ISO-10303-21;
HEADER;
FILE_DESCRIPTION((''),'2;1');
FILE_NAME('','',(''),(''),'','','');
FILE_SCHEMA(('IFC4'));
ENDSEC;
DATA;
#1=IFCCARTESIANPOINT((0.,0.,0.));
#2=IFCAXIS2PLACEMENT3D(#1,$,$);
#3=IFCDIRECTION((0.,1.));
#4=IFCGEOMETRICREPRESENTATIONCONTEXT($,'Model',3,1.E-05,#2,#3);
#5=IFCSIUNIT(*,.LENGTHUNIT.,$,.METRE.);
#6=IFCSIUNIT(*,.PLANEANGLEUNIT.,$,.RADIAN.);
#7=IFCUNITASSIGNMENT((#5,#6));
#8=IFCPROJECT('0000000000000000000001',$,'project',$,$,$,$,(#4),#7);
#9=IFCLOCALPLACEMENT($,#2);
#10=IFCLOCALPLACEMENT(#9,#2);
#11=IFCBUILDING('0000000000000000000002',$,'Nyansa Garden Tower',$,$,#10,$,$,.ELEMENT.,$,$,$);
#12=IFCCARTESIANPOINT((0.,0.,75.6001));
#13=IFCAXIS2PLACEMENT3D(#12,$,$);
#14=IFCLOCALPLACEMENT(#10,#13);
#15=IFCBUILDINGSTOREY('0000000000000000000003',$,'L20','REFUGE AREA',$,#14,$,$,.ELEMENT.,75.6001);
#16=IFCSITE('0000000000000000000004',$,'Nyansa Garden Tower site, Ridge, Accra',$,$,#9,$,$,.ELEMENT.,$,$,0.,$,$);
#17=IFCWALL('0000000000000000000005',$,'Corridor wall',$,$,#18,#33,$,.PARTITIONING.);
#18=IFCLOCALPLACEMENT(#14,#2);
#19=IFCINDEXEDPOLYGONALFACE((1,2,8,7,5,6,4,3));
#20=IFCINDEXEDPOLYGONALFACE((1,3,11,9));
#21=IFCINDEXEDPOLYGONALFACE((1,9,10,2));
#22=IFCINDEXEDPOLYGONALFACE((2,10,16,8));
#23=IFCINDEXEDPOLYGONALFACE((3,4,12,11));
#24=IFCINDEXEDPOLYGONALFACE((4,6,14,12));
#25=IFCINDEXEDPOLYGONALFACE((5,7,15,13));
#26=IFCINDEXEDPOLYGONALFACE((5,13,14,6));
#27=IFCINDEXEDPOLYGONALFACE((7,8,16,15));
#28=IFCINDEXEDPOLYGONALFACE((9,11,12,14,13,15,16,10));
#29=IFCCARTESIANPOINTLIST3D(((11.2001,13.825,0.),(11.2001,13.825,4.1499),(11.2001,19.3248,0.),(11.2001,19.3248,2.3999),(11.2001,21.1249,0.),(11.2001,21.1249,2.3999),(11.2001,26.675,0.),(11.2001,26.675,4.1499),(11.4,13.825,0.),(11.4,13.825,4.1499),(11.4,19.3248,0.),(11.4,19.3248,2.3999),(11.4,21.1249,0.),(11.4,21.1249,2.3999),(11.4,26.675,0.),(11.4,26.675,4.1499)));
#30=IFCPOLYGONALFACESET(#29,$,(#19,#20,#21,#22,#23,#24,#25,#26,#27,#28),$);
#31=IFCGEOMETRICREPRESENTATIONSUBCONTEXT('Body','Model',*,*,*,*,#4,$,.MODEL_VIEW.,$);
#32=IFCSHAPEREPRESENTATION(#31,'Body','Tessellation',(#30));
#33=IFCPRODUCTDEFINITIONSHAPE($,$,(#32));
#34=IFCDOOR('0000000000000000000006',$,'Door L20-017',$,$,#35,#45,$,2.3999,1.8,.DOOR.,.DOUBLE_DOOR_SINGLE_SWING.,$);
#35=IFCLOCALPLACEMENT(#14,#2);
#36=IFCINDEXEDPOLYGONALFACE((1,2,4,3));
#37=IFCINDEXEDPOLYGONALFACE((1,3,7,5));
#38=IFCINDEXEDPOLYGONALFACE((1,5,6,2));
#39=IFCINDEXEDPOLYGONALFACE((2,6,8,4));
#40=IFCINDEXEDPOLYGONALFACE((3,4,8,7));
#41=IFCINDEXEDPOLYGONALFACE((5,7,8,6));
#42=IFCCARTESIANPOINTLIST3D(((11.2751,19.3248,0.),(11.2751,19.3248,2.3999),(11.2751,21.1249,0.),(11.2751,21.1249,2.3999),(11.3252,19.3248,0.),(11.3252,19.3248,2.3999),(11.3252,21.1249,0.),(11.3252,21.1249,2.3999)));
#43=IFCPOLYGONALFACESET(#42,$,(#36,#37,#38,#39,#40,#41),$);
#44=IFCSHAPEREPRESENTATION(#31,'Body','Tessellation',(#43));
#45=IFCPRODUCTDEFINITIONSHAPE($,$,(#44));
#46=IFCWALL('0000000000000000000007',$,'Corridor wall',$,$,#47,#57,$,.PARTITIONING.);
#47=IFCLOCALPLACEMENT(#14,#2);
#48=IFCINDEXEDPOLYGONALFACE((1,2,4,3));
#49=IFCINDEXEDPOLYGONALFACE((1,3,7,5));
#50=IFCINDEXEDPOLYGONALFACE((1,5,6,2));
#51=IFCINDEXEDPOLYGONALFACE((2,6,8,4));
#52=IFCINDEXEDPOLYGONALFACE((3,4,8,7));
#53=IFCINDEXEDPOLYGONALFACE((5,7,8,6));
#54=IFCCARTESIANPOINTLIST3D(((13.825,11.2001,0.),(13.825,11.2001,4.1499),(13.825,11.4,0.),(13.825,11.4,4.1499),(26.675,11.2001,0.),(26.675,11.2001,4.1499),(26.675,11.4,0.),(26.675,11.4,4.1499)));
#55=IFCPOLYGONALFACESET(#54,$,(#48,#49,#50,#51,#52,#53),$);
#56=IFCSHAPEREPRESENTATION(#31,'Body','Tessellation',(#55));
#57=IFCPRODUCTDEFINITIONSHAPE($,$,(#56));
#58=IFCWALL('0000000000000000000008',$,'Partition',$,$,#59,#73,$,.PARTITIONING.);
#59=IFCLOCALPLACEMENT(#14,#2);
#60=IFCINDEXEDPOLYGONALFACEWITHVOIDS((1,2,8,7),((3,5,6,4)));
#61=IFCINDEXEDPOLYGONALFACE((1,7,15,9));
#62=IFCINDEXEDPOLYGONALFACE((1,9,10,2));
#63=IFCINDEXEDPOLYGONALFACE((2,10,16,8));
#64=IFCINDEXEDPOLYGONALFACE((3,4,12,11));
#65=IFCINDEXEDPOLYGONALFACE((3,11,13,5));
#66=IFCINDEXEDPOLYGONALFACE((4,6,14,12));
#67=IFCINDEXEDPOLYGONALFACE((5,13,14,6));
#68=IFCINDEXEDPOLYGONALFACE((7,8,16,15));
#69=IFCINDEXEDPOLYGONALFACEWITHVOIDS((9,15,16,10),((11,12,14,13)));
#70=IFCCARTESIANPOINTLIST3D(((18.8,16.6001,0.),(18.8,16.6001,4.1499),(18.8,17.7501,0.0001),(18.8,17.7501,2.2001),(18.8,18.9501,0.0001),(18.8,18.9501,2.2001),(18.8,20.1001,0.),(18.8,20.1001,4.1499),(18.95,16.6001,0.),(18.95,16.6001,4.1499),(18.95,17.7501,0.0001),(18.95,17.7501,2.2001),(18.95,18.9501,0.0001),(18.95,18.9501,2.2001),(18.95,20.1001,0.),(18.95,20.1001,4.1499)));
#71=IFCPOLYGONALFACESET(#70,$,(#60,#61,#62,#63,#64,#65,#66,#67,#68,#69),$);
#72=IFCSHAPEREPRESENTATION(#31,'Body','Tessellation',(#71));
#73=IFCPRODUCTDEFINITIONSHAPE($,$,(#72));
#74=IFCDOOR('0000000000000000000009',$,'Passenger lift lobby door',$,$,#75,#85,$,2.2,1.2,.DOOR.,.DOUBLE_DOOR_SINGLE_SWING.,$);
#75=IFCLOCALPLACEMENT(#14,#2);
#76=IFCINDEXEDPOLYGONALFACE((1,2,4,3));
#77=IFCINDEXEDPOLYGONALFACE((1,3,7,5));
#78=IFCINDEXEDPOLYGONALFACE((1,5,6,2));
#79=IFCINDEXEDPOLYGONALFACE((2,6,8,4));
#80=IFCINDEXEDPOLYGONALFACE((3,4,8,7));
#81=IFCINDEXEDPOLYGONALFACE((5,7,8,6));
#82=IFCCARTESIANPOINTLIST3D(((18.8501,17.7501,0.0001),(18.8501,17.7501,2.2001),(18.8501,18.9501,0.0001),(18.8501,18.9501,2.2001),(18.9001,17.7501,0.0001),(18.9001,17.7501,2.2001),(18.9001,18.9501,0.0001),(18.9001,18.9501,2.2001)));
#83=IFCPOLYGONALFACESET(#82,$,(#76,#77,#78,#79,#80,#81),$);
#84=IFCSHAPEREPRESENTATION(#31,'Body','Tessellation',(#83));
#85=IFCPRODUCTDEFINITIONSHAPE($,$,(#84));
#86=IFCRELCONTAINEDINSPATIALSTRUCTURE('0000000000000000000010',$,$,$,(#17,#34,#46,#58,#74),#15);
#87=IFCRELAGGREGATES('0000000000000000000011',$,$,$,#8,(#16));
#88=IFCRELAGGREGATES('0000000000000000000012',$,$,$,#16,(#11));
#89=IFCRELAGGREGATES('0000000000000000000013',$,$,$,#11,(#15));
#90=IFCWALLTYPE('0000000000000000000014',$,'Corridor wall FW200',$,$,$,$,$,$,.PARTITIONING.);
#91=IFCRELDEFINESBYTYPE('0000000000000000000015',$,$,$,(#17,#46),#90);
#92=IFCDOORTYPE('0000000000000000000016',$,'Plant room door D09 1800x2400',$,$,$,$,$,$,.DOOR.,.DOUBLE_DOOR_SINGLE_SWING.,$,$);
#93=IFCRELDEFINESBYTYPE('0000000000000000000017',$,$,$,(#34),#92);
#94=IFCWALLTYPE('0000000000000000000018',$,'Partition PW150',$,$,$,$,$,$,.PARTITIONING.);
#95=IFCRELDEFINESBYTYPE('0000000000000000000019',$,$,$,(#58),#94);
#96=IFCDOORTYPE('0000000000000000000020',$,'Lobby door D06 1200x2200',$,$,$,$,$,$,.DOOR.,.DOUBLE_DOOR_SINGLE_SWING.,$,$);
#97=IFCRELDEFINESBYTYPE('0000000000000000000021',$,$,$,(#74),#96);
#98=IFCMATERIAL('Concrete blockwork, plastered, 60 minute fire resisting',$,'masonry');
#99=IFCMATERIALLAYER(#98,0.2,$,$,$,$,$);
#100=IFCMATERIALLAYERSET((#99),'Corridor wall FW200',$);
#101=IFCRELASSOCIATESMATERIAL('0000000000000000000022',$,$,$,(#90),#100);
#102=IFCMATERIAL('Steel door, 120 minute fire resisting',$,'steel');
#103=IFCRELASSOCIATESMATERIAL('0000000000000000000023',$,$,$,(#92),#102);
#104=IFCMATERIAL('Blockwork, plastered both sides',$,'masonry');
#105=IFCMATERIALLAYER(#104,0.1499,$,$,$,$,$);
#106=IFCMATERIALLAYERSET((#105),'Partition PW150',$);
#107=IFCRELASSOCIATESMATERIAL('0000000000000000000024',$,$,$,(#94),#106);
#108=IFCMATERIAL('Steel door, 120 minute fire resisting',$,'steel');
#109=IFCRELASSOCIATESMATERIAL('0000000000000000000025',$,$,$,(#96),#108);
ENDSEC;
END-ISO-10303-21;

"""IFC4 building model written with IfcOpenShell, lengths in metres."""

from ifc_helpers import new_model, si_unit, direction, frame, frame_2d, origin, place, context, subcontext, project, spatial, rectangle, extrude, material, layer, layer_set, type_object, element, fill, save


model = new_model("IFC4")

# Units and contexts
model_context = context("Model", 3, precision=1e-05, world=origin(), true_north=direction((0.0, 1.0)))
body_context = subcontext(model_context, "Body", "Model", "MODEL_VIEW")
ifc_project = project(units=[si_unit("LENGTHUNIT", "METRE"), si_unit("PLANEANGLEUNIT", "RADIAN")], contexts=[model_context])

# Site, building, storey
site_placement = place(None, origin())
site = spatial("IfcSite", under=ifc_project, at=site_placement, Name="Nyansa Garden Tower site, Ridge, Accra", CompositionType="ELEMENT", RefElevation=0.0)
building_placement = place(site_placement, origin())
building = spatial("IfcBuilding", under=site, at=building_placement, Name="Nyansa Garden Tower", CompositionType="ELEMENT")
storey_placement = place(building_placement, frame((0.0, 0.0, 75.6001)))
storey = spatial("IfcBuildingStorey", under=building, at=storey_placement, Name="L20", Description="REFUGE AREA", CompositionType="ELEMENT", Elevation=75.6001)

# Wall, opening, door
ifc_material_1 = material(Name="Concrete blockwork, plastered, 60 minute fire resisting", Category="masonry")
ifc_layer_1 = layer(ifc_material_1, 0.2)
ifc_layer_set_1 = layer_set([ifc_layer_1], Name="Corridor wall FW200")
wall_type_1 = type_object("IfcWallType", Name="Corridor wall FW200", PredefinedType="PARTITIONING", material=ifc_layer_set_1)
wall_1_placement = place(storey_placement, frame((11.3, 13.825, 0.0), z_axis=(0.0, 0.0, 1.0), x_axis=(0.0, 1.0, 0.0)))
wall_1 = element("IfcWall", 1, at=wall_1_placement, inside=storey, type_object=wall_type_1, Name="Corridor wall", PredefinedType="PARTITIONING", context=body_context, shape_type="SweptSolid", body=[
    extrude(rectangle(XDim=12.8501, YDim=0.2, at=frame_2d((6.425, 0.0))), origin(), (0.0, 0.0, 1.0), 4.1499),
])
opening_1_placement = place(wall_1_placement, frame((5.5, 0.0, 0.0)))
opening_1 = element("IfcOpeningElement", 2, at=opening_1_placement, cuts=wall_1, PredefinedType="OPENING", context=body_context, shape_type="SweptSolid", body=[
    extrude(rectangle(XDim=1.8, YDim=2.3999, at=frame_2d((0.8999, 1.2))), frame((0.0, 0.1099, 0.0), z_axis=(0.0, -1.0, 0.0), x_axis=(1.0, 0.0, 0.0)), (0.0, 0.0, 1.0), 0.22),
])
ifc_material_2 = material(Name="Steel door, 120 minute fire resisting", Category="steel")
door_type_1 = type_object("IfcDoorType", Name="Plant room door D09 1800x2400", OperationType="DOUBLE_DOOR_SINGLE_SWING", PredefinedType="DOOR", material=ifc_material_2)
door_1_placement = place(opening_1_placement, origin())
door_1 = element("IfcDoor", 3, at=door_1_placement, inside=storey, type_object=door_type_1, Name="Door L20-017", OperationType="DOUBLE_DOOR_SINGLE_SWING", OverallHeight=2.3999, OverallWidth=1.8, PredefinedType="DOOR", context=body_context, shape_type="SweptSolid", body=[
    extrude(rectangle(XDim=1.8, YDim=2.3999, at=frame_2d((0.8999, 1.2))), frame((0.0, 0.0249, 0.0), z_axis=(0.0, -1.0, 0.0), x_axis=(1.0, 0.0, 0.0)), (0.0, 0.0, 1.0), 0.05),
])
fill(opening_1, door_1)

# Wall
wall_2_placement = place(storey_placement, frame((13.825, 11.3, 0.0), z_axis=(0.0, 0.0, 1.0), x_axis=(1.0, 0.0, 0.0)))
element("IfcWall", 4, at=wall_2_placement, inside=storey, type_object=wall_type_1, Name="Corridor wall", PredefinedType="PARTITIONING", context=body_context, shape_type="SweptSolid", body=[
    extrude(rectangle(XDim=12.8501, YDim=0.2, at=frame_2d((6.425, 0.0))), origin(), (0.0, 0.0, 1.0), 4.1499),
])

# Wall, opening, door
ifc_material_3 = material(Name="Blockwork, plastered both sides", Category="masonry")
ifc_layer_2 = layer(ifc_material_3, 0.1499)
ifc_layer_set_2 = layer_set([ifc_layer_2], Name="Partition PW150")
wall_type_2 = type_object("IfcWallType", Name="Partition PW150", PredefinedType="PARTITIONING", material=ifc_layer_set_2)
wall_3_placement = place(storey_placement, frame((18.875, 16.6001, 0.0), z_axis=(0.0, 0.0, 1.0), x_axis=(0.0, 1.0, 0.0)))
wall_3 = element("IfcWall", 5, at=wall_3_placement, inside=storey, type_object=wall_type_2, Name="Partition", PredefinedType="PARTITIONING", context=body_context, shape_type="SweptSolid", body=[
    extrude(rectangle(XDim=3.5, YDim=0.1499, at=frame_2d((1.75, 0.0))), origin(), (0.0, 0.0, 1.0), 4.1499),
])
opening_2_placement = place(wall_3_placement, frame((1.1499, 0.0, 0.0)))
opening_2 = element("IfcOpeningElement", 6, at=opening_2_placement, cuts=wall_3, PredefinedType="OPENING", context=body_context, shape_type="SweptSolid", body=[
    extrude(rectangle(XDim=1.2, YDim=2.2, at=frame_2d((0.6001, 1.1001))), frame((0.0, 0.085, 0.0), z_axis=(0.0, -1.0, 0.0), x_axis=(1.0, 0.0, 0.0)), (0.0, 0.0, 1.0), 0.1699),
])
ifc_material_4 = material(Name="Steel door, 120 minute fire resisting", Category="steel")
door_type_2 = type_object("IfcDoorType", Name="Lobby door D06 1200x2200", OperationType="DOUBLE_DOOR_SINGLE_SWING", PredefinedType="DOOR", material=ifc_material_4)
door_2_placement = place(opening_2_placement, origin())
door_2 = element("IfcDoor", 7, at=door_2_placement, inside=storey, type_object=door_type_2, Name="Passenger lift lobby door", OperationType="DOUBLE_DOOR_SINGLE_SWING", OverallHeight=2.2, OverallWidth=1.2, PredefinedType="DOOR", context=body_context, shape_type="SweptSolid", body=[
    extrude(rectangle(XDim=1.2, YDim=2.2, at=frame_2d((0.6001, 1.1001))), frame((0.0, 0.0249, 0.0), z_axis=(0.0, -1.0, 0.0), x_axis=(1.0, 0.0, 0.0)), (0.0, 0.0, 1.0), 0.05),
])
fill(opening_2, door_2)

save(model, "model.ifc")
